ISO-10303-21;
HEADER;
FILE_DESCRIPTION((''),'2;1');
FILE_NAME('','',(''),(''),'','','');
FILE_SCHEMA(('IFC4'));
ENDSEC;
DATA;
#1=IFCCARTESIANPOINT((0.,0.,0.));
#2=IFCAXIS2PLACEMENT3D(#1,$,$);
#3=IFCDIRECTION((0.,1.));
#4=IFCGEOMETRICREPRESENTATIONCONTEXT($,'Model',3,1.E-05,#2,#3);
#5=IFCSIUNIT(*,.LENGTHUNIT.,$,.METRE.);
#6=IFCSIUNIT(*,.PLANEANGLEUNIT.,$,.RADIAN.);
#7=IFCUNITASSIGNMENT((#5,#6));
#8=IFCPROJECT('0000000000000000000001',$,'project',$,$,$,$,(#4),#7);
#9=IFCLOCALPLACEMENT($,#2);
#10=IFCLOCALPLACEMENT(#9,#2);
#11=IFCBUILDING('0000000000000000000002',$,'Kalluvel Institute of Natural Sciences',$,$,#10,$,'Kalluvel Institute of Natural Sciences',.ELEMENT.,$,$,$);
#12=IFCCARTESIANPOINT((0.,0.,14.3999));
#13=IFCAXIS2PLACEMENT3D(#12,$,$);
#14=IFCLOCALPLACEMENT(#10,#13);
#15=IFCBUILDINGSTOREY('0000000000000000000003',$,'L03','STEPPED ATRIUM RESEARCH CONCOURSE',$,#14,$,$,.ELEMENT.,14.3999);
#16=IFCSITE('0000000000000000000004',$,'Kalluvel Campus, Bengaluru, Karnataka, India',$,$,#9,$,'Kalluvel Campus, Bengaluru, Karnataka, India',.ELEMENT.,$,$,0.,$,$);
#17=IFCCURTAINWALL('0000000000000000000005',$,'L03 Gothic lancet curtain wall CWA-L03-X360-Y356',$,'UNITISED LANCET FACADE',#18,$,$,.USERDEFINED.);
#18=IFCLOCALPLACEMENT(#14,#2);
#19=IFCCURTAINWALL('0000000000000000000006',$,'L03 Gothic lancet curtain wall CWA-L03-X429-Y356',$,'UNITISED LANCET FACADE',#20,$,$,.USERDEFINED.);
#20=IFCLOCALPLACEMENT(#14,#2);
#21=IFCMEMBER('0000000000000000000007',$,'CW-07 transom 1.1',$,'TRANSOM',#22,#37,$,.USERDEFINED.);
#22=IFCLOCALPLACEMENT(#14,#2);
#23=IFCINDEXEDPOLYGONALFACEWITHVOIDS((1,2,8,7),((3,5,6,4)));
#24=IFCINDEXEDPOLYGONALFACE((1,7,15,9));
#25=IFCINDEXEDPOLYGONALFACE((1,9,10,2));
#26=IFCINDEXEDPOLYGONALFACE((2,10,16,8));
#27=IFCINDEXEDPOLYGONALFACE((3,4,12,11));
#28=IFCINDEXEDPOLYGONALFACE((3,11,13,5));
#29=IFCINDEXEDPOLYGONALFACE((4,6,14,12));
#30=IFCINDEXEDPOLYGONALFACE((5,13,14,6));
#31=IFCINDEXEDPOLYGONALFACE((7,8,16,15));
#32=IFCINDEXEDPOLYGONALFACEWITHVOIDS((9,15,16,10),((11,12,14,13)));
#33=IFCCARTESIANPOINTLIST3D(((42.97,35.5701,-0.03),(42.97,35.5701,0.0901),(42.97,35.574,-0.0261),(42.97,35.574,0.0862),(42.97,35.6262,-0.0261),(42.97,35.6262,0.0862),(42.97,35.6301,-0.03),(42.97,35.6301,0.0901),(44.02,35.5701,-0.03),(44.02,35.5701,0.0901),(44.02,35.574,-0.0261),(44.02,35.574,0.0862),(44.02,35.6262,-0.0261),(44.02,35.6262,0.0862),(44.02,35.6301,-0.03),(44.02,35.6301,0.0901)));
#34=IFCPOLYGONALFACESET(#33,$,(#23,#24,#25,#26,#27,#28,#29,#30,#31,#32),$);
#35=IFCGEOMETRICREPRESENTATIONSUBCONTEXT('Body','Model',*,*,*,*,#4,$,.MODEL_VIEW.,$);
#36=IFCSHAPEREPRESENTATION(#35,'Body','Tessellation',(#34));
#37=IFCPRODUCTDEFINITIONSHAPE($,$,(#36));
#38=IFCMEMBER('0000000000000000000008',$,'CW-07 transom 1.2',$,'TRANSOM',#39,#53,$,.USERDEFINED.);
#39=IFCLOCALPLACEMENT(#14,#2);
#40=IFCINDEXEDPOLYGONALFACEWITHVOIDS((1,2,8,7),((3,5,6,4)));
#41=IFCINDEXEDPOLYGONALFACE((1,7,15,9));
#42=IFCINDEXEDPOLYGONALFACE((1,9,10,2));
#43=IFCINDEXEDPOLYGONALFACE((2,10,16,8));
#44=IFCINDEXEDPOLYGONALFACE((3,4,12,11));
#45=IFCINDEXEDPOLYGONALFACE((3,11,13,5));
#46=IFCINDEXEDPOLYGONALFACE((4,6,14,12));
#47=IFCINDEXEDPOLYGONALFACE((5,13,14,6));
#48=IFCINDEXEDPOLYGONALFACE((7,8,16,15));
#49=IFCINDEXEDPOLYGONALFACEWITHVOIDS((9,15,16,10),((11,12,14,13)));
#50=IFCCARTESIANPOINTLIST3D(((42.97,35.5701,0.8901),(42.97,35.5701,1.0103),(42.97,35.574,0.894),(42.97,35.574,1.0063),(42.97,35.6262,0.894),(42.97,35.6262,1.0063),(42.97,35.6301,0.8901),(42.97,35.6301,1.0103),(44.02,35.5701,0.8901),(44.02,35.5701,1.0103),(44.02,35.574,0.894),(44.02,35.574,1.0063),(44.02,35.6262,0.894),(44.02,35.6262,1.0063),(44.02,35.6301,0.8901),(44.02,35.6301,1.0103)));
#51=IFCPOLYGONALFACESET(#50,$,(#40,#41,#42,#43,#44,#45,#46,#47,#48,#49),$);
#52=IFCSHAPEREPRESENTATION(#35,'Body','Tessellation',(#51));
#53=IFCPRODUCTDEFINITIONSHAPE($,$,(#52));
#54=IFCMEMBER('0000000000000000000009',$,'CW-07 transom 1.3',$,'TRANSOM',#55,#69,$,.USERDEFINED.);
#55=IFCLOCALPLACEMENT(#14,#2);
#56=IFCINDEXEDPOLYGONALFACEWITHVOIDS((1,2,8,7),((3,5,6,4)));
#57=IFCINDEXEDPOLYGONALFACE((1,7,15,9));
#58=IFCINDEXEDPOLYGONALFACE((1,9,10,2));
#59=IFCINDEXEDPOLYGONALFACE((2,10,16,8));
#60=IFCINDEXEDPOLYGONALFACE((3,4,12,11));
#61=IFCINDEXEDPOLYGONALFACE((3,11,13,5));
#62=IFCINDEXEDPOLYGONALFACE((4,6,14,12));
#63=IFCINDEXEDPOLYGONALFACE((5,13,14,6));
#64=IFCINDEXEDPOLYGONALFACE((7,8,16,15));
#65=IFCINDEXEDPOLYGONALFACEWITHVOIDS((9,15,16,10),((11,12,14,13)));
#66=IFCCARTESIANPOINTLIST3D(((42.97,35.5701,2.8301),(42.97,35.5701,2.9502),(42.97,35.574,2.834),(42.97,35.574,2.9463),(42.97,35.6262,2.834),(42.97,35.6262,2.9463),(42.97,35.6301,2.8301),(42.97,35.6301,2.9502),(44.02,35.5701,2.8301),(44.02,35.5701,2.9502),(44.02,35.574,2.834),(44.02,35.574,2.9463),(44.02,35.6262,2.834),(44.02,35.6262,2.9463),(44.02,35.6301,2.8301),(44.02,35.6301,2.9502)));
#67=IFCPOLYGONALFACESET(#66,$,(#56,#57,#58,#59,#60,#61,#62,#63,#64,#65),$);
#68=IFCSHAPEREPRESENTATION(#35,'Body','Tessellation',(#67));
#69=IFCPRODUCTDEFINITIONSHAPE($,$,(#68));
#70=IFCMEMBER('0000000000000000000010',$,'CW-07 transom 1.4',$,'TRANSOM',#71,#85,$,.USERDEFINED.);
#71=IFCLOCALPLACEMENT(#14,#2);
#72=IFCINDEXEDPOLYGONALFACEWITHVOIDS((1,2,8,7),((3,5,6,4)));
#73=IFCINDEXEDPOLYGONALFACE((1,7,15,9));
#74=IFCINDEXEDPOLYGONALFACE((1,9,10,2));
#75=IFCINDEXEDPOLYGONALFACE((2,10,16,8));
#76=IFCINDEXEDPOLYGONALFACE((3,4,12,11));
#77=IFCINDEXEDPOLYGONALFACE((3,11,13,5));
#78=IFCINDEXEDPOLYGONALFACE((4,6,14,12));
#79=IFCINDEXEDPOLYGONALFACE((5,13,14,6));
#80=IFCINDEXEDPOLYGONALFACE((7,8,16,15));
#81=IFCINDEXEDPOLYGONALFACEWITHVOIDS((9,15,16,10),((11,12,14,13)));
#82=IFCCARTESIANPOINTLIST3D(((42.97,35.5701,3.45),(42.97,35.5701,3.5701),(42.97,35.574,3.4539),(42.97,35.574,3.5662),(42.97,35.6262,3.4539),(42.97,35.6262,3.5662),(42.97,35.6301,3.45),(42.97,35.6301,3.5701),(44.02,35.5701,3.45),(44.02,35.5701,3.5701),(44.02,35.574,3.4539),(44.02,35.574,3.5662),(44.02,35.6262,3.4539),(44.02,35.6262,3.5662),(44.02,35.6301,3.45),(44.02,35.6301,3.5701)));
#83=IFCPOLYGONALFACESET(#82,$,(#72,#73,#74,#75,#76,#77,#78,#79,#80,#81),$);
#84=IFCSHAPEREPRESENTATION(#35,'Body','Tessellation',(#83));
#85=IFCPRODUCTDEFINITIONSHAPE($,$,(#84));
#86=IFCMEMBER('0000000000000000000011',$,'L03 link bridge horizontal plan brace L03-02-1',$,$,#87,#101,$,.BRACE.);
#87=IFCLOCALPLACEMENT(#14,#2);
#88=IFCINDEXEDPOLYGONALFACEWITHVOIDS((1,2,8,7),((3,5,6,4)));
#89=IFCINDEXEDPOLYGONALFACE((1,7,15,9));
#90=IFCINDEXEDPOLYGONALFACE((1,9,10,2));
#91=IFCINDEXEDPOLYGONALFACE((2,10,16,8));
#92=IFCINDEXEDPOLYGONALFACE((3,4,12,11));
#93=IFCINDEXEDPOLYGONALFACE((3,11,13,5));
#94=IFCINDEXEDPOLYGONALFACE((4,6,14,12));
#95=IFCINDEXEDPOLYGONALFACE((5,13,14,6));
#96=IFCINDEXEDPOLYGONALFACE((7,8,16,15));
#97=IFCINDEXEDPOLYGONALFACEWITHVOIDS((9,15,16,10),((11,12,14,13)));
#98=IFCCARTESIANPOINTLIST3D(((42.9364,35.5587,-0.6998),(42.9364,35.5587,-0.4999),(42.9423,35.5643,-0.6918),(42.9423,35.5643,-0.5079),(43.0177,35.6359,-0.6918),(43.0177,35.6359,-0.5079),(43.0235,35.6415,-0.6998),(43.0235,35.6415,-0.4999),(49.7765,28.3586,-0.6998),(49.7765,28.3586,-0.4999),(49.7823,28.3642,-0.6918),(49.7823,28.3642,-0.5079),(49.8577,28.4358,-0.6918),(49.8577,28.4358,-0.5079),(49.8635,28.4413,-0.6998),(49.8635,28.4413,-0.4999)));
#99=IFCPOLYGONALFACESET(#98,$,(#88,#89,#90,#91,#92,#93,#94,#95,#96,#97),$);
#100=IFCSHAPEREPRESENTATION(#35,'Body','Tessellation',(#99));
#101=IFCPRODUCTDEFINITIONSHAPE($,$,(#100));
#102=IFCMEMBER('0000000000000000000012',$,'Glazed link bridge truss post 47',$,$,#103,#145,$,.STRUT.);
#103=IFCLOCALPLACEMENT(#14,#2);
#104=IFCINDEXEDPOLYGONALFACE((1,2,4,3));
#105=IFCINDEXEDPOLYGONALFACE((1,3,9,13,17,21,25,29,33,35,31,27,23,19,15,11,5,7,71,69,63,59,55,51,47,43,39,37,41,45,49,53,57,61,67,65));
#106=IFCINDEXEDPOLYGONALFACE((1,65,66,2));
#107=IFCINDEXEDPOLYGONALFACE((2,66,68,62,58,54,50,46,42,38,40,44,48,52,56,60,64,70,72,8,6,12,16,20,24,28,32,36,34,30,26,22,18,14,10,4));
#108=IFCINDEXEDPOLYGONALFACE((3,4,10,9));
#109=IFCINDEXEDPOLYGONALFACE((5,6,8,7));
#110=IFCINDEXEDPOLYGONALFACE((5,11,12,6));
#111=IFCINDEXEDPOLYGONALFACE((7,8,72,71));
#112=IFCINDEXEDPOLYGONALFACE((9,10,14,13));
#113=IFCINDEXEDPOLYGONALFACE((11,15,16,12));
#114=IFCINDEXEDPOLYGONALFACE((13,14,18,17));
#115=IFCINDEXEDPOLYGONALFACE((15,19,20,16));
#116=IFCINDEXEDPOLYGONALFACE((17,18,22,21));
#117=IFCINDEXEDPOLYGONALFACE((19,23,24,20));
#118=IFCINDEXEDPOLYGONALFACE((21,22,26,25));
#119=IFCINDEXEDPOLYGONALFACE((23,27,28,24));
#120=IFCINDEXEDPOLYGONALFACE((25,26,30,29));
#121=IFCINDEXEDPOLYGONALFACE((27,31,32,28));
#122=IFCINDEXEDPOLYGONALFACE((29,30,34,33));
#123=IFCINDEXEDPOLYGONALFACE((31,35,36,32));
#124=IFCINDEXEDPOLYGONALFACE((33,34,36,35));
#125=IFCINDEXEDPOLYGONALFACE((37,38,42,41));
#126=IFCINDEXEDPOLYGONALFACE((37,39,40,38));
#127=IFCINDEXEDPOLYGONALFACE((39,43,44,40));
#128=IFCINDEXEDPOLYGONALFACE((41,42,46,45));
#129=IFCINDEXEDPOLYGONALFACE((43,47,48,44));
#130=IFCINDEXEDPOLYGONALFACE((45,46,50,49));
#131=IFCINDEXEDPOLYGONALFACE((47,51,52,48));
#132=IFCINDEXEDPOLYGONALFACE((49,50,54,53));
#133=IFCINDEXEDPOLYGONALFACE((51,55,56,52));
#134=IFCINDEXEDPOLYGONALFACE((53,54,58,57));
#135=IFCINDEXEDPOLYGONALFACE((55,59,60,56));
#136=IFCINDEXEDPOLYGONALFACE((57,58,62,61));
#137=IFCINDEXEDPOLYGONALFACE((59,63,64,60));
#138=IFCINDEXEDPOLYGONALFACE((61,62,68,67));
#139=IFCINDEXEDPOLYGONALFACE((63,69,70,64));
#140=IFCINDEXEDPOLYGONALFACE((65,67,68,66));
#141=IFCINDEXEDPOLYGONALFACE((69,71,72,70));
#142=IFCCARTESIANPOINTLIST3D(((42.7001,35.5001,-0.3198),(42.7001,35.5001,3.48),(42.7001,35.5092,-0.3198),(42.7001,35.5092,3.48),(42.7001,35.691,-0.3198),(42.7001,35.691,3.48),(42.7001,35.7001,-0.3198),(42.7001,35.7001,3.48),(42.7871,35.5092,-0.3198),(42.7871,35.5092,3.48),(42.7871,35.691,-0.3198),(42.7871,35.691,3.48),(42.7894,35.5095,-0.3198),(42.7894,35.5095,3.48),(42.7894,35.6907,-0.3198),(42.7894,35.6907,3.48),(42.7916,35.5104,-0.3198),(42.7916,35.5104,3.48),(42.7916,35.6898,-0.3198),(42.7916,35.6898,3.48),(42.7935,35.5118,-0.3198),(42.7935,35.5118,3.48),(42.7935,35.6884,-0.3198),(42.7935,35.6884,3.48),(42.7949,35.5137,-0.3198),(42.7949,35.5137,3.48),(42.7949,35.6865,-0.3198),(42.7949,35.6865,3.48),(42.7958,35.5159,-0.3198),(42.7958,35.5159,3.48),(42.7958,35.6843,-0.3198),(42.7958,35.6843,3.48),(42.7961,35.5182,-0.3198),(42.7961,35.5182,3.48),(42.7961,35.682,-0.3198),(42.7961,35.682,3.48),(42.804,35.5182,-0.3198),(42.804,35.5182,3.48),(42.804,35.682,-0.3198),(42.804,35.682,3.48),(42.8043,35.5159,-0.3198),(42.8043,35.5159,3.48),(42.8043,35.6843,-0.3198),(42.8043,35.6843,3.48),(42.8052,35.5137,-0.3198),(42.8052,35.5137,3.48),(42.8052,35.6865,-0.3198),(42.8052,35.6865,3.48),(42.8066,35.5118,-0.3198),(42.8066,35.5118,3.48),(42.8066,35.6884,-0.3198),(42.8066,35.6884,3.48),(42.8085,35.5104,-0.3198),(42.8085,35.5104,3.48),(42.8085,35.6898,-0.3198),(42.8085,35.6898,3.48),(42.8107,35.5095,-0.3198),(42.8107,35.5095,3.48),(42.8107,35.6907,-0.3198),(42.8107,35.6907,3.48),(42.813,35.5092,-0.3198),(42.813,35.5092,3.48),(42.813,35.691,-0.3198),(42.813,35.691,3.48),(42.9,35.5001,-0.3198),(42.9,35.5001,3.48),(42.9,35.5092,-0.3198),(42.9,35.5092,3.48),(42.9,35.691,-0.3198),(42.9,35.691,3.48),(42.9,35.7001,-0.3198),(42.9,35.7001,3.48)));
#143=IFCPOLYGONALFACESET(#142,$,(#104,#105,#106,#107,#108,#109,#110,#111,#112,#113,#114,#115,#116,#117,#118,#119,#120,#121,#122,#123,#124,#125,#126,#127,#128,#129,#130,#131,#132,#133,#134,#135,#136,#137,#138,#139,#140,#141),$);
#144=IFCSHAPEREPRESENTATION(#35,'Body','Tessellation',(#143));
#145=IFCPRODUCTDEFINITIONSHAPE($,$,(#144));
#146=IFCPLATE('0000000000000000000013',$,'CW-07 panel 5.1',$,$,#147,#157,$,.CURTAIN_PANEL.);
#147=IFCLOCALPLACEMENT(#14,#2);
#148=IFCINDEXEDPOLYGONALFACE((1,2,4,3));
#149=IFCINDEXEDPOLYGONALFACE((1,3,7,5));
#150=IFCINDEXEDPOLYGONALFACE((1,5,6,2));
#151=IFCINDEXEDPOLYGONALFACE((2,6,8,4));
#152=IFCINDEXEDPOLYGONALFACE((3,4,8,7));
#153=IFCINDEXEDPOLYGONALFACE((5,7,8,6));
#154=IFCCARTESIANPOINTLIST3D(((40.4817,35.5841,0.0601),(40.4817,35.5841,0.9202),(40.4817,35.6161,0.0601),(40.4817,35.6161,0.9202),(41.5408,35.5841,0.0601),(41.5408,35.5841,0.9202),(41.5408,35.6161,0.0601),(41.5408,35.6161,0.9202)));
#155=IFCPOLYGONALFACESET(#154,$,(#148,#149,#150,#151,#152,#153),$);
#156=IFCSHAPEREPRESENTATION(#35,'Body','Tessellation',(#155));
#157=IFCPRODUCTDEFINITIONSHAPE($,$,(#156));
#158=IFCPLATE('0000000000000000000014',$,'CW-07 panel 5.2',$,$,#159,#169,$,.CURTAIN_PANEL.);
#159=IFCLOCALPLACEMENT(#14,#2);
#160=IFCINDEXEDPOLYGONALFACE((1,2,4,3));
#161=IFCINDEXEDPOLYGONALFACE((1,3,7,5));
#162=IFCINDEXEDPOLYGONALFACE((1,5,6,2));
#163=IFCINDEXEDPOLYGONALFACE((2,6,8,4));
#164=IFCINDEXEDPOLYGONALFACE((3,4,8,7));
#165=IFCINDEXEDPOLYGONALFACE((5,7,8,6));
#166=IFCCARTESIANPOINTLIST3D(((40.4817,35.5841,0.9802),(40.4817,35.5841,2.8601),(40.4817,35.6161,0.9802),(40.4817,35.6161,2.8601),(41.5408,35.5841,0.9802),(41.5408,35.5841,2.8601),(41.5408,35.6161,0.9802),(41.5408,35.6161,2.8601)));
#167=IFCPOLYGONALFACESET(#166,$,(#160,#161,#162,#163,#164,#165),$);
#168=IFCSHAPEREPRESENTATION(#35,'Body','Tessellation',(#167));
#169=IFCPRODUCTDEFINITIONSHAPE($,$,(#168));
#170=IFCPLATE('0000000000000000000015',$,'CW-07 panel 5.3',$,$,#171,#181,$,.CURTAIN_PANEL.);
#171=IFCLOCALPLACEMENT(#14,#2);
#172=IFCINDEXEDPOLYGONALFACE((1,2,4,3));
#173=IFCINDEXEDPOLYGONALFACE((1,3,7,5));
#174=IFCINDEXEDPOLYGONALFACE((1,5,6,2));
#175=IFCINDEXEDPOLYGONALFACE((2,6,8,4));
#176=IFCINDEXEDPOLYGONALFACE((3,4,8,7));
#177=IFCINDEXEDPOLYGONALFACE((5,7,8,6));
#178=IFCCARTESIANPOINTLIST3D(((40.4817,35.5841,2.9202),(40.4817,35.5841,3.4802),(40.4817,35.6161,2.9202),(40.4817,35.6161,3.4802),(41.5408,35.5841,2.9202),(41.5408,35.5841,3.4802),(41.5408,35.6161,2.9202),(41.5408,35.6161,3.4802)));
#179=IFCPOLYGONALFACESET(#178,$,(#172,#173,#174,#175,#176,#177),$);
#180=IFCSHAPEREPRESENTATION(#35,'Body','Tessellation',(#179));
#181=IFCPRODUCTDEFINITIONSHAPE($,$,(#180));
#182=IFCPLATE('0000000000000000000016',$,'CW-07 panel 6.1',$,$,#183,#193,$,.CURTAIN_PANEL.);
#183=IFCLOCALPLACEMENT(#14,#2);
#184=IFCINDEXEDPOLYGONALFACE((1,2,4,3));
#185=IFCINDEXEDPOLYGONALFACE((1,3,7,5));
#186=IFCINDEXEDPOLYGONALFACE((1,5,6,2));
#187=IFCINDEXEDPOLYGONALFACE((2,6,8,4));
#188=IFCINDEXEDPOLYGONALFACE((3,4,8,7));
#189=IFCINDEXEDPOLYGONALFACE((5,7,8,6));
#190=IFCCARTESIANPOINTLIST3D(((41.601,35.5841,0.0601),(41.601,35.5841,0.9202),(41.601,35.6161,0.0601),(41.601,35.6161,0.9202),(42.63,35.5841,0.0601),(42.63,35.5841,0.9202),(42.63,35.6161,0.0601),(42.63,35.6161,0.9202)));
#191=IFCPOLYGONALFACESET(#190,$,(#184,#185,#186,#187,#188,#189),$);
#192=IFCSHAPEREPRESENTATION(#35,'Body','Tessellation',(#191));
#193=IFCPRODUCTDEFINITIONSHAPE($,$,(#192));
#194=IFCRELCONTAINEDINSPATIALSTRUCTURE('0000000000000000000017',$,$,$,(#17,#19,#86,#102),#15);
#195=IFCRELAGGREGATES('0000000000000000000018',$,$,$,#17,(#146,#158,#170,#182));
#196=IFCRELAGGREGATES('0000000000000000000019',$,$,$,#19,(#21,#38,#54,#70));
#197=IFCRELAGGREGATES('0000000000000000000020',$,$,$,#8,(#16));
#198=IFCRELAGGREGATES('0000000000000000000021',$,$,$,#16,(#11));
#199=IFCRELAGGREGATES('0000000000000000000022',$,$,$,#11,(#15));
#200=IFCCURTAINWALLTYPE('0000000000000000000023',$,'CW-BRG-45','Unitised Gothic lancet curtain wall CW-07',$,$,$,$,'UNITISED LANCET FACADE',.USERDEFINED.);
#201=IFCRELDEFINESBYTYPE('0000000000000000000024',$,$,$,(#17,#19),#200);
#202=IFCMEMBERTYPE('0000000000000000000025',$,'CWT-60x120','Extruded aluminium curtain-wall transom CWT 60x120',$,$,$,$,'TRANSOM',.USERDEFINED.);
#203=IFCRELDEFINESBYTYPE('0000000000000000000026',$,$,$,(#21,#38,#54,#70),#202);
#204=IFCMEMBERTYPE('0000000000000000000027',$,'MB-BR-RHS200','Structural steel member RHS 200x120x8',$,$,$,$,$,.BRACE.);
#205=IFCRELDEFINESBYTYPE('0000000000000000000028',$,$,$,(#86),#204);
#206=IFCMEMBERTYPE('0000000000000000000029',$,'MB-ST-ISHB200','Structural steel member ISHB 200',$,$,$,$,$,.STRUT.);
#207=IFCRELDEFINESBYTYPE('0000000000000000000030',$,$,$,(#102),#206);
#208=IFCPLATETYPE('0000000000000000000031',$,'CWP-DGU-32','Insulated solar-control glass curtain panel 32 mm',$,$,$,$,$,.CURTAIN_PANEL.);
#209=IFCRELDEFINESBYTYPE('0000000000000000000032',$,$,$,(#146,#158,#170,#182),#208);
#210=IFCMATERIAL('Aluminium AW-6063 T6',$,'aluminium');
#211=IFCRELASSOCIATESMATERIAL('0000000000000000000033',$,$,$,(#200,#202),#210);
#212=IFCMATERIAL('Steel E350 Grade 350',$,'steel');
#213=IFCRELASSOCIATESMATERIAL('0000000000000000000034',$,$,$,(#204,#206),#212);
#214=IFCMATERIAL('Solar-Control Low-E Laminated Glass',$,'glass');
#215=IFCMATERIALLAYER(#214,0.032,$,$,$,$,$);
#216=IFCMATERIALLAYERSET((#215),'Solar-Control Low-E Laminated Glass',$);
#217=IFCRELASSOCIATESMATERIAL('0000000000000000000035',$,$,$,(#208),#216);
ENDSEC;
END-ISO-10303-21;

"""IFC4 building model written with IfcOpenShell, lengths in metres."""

from ifc_helpers import new_model, si_unit, direction, frame, origin, origin_2d, place, context, subcontext, project, spatial, rectangle, hollow_rectangle, i_section, extrude, material, layer, layer_set, material_profile, profile_set, type_object, element, aggregate, save


model = new_model("IFC4")

# Units and contexts
model_context = context("Model", 3, precision=1e-05, world=origin(), true_north=direction((0.0, 1.0)))
body_context = subcontext(model_context, "Body", "Model", "MODEL_VIEW")
ifc_project = project(units=[si_unit("LENGTHUNIT", "METRE"), si_unit("PLANEANGLEUNIT", "RADIAN")], contexts=[model_context])

# Site, building, storey
site_placement = place(None, origin())
site = spatial("IfcSite", under=ifc_project, at=site_placement, Name="Kalluvel Campus, Bengaluru, Karnataka, India", LongName="Kalluvel Campus, Bengaluru, Karnataka, India", CompositionType="ELEMENT", RefElevation=0.0)
building_placement = place(site_placement, origin())
building = spatial("IfcBuilding", under=site, at=building_placement, Name="Kalluvel Institute of Natural Sciences", LongName="Kalluvel Institute of Natural Sciences", CompositionType="ELEMENT")
storey_placement = place(building_placement, frame((0.0, 0.0, 14.3999)))
storey = spatial("IfcBuildingStorey", under=building, at=storey_placement, Name="L03", Description="STEPPED ATRIUM RESEARCH CONCOURSE", CompositionType="ELEMENT", Elevation=14.3999)

# Curtain walls
ifc_material_1 = material(Name="Aluminium AW-6063 T6", Category="aluminium")
curtain_wall_type = type_object("IfcCurtainWallType", Name="CW-BRG-45", Description="Unitised Gothic lancet curtain wall CW-07", ElementType="UNITISED LANCET FACADE", PredefinedType="USERDEFINED", material=ifc_material_1)
curtain_wall_1_placement = place(storey_placement, origin())
curtain_wall_1 = element("IfcCurtainWall", 1, at=curtain_wall_1_placement, inside=storey, type_object=curtain_wall_type, Name="L03 Gothic lancet curtain wall CWA-L03-X360-Y356", ObjectType="UNITISED LANCET FACADE", PredefinedType="USERDEFINED")
curtain_wall_2_placement = place(storey_placement, origin())
curtain_wall_2 = element("IfcCurtainWall", 2, at=curtain_wall_2_placement, inside=storey, type_object=curtain_wall_type, Name="L03 Gothic lancet curtain wall CWA-L03-X429-Y356", ObjectType="UNITISED LANCET FACADE", PredefinedType="USERDEFINED")

# Members
ifc_material_profile_1 = material_profile(ifc_material_1, hollow_rectangle(XDim=0.0601, YDim=0.1201, WallThickness=0.0039, at=origin_2d()), Name="CWT 60x120")
ifc_profile_set_1 = profile_set([ifc_material_profile_1], Name="Aluminium AW-6063 T6")
member_type_1 = type_object("IfcMemberType", Name="CWT-60x120", Description="Extruded aluminium curtain-wall transom CWT 60x120", ElementType="TRANSOM", PredefinedType="USERDEFINED", material=ifc_profile_set_1)
member_1_placement = place(storey_placement, frame((42.97, 35.6001, 0.03), z_axis=(1.0, 0.0, 0.0), x_axis=(0.0, 1.0, 0.0)))
member_1 = element("IfcMember", 3, at=member_1_placement, type_object=member_type_1, Name="CW-07 transom 1.1", ObjectType="TRANSOM", PredefinedType="USERDEFINED", context=body_context, shape_type="SweptSolid", body=[
    extrude(hollow_rectangle(XDim=0.0601, YDim=0.1201, WallThickness=0.0039, at=origin_2d()), origin(), (0.0, 0.0, 1.0), 1.05),
])
member_2_placement = place(storey_placement, frame((42.97, 35.6001, 0.9502), z_axis=(1.0, 0.0, 0.0), x_axis=(0.0, 1.0, 0.0)))
member_2 = element("IfcMember", 4, at=member_2_placement, type_object=member_type_1, Name="CW-07 transom 1.2", ObjectType="TRANSOM", PredefinedType="USERDEFINED", context=body_context, shape_type="SweptSolid", body=[
    extrude(hollow_rectangle(XDim=0.0601, YDim=0.1201, WallThickness=0.0039, at=origin_2d()), origin(), (0.0, 0.0, 1.0), 1.05),
])
member_3_placement = place(storey_placement, frame((42.97, 35.6001, 2.8901), z_axis=(1.0, 0.0, 0.0), x_axis=(0.0, 1.0, 0.0)))
member_3 = element("IfcMember", 5, at=member_3_placement, type_object=member_type_1, Name="CW-07 transom 1.3", ObjectType="TRANSOM", PredefinedType="USERDEFINED", context=body_context, shape_type="SweptSolid", body=[
    extrude(hollow_rectangle(XDim=0.0601, YDim=0.1201, WallThickness=0.0039, at=origin_2d()), origin(), (0.0, 0.0, 1.0), 1.05),
])
member_4_placement = place(storey_placement, frame((42.97, 35.6001, 3.51), z_axis=(1.0, 0.0, 0.0), x_axis=(0.0, 1.0, 0.0)))
member_4 = element("IfcMember", 6, at=member_4_placement, type_object=member_type_1, Name="CW-07 transom 1.4", ObjectType="TRANSOM", PredefinedType="USERDEFINED", context=body_context, shape_type="SweptSolid", body=[
    extrude(hollow_rectangle(XDim=0.0601, YDim=0.1201, WallThickness=0.0039, at=origin_2d()), origin(), (0.0, 0.0, 1.0), 1.05),
])

# Members
ifc_material_2 = material(Name="Steel E350 Grade 350", Category="steel")
ifc_material_profile_2 = material_profile(ifc_material_2, hollow_rectangle(XDim=0.1201, YDim=0.2, WallThickness=0.0081, at=origin_2d()), Name="RHS 200x120x8")
ifc_profile_set_2 = profile_set([ifc_material_profile_2], Name="Steel E350 Grade 350")
member_type_2 = type_object("IfcMemberType", Name="MB-BR-RHS200", Description="Structural steel member RHS 200x120x8", PredefinedType="BRACE", material=ifc_profile_set_2)
member_5_placement = place(storey_placement, frame((42.98, 35.6001, -0.5999), z_axis=(0.688744, -0.725004, 0.0), x_axis=(0.725004, 0.688744, 0.0)))
element("IfcMember", 7, at=member_5_placement, inside=storey, type_object=member_type_2, Name="L03 link bridge horizontal plan brace L03-02-1", PredefinedType="BRACE", context=body_context, shape_type="SweptSolid", body=[
    extrude(hollow_rectangle(XDim=0.1201, YDim=0.2, WallThickness=0.0081, at=origin_2d()), origin(), (0.0, 0.0, 1.0), 9.9312),
])
ifc_material_profile_3 = material_profile(ifc_material_2, i_section(OverallWidth=0.2, OverallDepth=0.2, WebThickness=0.0078, FlangeThickness=0.009, FilletRadius=0.009, at=origin_2d()), Name="ISHB 200")
ifc_profile_set_3 = profile_set([ifc_material_profile_3], Name="Steel E350 Grade 350")
member_type_3 = type_object("IfcMemberType", Name="MB-ST-ISHB200", Description="Structural steel member ISHB 200", PredefinedType="STRUT", material=ifc_profile_set_3)
member_6_placement = place(storey_placement, frame((42.8, 35.6001, -0.3198), z_axis=(0.0, 0.0, 1.0), x_axis=(1.0, 0.0, 0.0)))
element("IfcMember", 8, at=member_6_placement, inside=storey, type_object=member_type_3, Name="Glazed link bridge truss post 47", PredefinedType="STRUT", context=body_context, shape_type="SweptSolid", body=[
    extrude(i_section(OverallWidth=0.2, OverallDepth=0.2, WebThickness=0.0078, FlangeThickness=0.009, FilletRadius=0.009, at=origin_2d()), origin(), (0.0, 0.0, 1.0), 3.7998),
])

# Plates
ifc_material_3 = material(Name="Solar-Control Low-E Laminated Glass", Category="glass")
ifc_layer = layer(ifc_material_3, 0.032)
ifc_layer_set = layer_set([ifc_layer], Name="Solar-Control Low-E Laminated Glass")
plate_type = type_object("IfcPlateType", Name="CWP-DGU-32", Description="Insulated solar-control glass curtain panel 32 mm", PredefinedType="CURTAIN_PANEL", material=ifc_layer_set)
plate_1_placement = place(storey_placement, frame((41.0112, 35.6001, 0.0601), z_axis=(0.0, 0.0, 1.0), x_axis=(1.0, 0.0, 0.0)))
plate_1 = element("IfcPlate", 9, at=plate_1_placement, type_object=plate_type, Name="CW-07 panel 5.1", PredefinedType="CURTAIN_PANEL", context=body_context, shape_type="SweptSolid", body=[
    extrude(rectangle(XDim=1.0591, YDim=0.032, at=origin_2d()), origin(), (0.0, 0.0, 1.0), 0.8601),
])
plate_2_placement = place(storey_placement, frame((41.0112, 35.6001, 0.9802), z_axis=(0.0, 0.0, 1.0), x_axis=(1.0, 0.0, 0.0)))
plate_2 = element("IfcPlate", 10, at=plate_2_placement, type_object=plate_type, Name="CW-07 panel 5.2", PredefinedType="CURTAIN_PANEL", context=body_context, shape_type="SweptSolid", body=[
    extrude(rectangle(XDim=1.0591, YDim=0.032, at=origin_2d()), origin(), (0.0, 0.0, 1.0), 1.8799),
])
plate_3_placement = place(storey_placement, frame((41.0112, 35.6001, 2.9202), z_axis=(0.0, 0.0, 1.0), x_axis=(1.0, 0.0, 0.0)))
plate_3 = element("IfcPlate", 11, at=plate_3_placement, type_object=plate_type, Name="CW-07 panel 5.3", PredefinedType="CURTAIN_PANEL", context=body_context, shape_type="SweptSolid", body=[
    extrude(rectangle(XDim=1.0591, YDim=0.032, at=origin_2d()), origin(), (0.0, 0.0, 1.0), 0.5601),
])
plate_4_placement = place(storey_placement, frame((42.1155, 35.6001, 0.0601), z_axis=(0.0, 0.0, 1.0), x_axis=(1.0, 0.0, 0.0)))
plate_4 = element("IfcPlate", 12, at=plate_4_placement, type_object=plate_type, Name="CW-07 panel 6.1", PredefinedType="CURTAIN_PANEL", context=body_context, shape_type="SweptSolid", body=[
    extrude(rectangle(XDim=1.0291, YDim=0.032, at=origin_2d()), origin(), (0.0, 0.0, 1.0), 0.8601),
])
aggregate(curtain_wall_1, [plate_1, plate_2, plate_3, plate_4])
aggregate(curtain_wall_2, [member_1, member_2, member_3, member_4])

save(model, "model.ifc")
